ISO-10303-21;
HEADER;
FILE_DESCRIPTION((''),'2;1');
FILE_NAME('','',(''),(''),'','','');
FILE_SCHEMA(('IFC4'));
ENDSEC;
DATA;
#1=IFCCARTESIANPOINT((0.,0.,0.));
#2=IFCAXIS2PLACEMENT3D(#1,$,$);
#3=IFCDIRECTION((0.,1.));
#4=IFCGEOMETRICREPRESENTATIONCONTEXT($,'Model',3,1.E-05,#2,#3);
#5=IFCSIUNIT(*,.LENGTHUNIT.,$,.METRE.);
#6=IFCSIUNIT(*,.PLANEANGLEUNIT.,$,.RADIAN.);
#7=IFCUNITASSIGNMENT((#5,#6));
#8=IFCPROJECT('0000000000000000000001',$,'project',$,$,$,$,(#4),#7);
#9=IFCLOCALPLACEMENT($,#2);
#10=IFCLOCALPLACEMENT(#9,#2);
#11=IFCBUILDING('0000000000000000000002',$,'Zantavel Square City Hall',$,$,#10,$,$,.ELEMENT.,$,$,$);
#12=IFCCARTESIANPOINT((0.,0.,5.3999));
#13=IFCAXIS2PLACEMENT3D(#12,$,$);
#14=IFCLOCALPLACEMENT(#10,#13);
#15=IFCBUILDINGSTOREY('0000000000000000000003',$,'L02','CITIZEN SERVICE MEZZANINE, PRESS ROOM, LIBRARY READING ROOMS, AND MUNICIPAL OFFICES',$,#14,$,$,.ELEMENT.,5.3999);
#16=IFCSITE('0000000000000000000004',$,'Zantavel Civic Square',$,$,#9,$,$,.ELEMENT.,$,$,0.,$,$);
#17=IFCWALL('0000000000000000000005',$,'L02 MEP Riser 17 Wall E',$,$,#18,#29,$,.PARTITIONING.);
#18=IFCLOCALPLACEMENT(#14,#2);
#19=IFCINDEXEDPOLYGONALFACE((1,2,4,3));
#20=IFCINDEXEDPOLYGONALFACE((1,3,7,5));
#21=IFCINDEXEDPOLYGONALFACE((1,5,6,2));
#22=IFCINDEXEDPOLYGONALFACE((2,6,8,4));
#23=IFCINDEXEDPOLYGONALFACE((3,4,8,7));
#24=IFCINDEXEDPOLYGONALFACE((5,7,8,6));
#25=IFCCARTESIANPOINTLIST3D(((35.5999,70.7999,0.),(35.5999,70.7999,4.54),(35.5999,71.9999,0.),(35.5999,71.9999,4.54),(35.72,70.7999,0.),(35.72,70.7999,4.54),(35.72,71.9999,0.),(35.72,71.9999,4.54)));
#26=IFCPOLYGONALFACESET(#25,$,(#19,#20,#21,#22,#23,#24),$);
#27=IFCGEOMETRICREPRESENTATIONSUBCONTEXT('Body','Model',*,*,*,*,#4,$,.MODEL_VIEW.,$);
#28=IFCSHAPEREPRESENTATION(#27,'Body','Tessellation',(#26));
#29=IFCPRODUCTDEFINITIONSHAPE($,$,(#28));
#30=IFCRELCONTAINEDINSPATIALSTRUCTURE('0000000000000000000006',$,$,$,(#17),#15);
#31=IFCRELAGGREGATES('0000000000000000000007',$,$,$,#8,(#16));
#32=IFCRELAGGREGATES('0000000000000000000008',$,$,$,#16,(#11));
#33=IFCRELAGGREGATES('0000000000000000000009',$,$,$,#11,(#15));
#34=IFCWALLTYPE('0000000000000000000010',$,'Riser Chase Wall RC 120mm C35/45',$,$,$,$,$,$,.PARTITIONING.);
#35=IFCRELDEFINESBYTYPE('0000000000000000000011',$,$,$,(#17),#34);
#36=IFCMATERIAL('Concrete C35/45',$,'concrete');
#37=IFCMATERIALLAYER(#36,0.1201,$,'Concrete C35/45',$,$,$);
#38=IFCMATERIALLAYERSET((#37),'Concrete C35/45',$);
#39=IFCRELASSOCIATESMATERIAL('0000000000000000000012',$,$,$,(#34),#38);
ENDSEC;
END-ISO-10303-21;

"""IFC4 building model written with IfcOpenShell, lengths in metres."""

from ifc_helpers import new_model, si_unit, direction, frame, frame_2d, origin, place, context, subcontext, project, spatial, rectangle, extrude, material, layer, layer_set, type_object, element, save


model = new_model("IFC4")

# Units and contexts
model_context = context("Model", 3, precision=1e-05, world=origin(), true_north=direction((0.0, 1.0)))
body_context = subcontext(model_context, "Body", "Model", "MODEL_VIEW")
ifc_project = project(units=[si_unit("LENGTHUNIT", "METRE"), si_unit("PLANEANGLEUNIT", "RADIAN")], contexts=[model_context])

# Site, building, storey
site_placement = place(None, origin())
site = spatial("IfcSite", under=ifc_project, at=site_placement, Name="Zantavel Civic Square", CompositionType="ELEMENT", RefElevation=0.0)
building_placement = place(site_placement, origin())
building = spatial("IfcBuilding", under=site, at=building_placement, Name="Zantavel Square City Hall", CompositionType="ELEMENT")
storey_placement = place(building_placement, frame((0.0, 0.0, 5.3999)))
storey = spatial("IfcBuildingStorey", under=building, at=storey_placement, Name="L02", Description="CITIZEN SERVICE MEZZANINE, PRESS ROOM, LIBRARY READING ROOMS, AND MUNICIPAL OFFICES", CompositionType="ELEMENT", Elevation=5.3999)

# Shared definitions
ifc_material_1 = material(Name="Concrete C35/45", Category="concrete")

# Wall
ifc_layer_1 = layer(ifc_material_1, 0.1201, Name="Concrete C35/45")
ifc_layer_set_1 = layer_set([ifc_layer_1], Name="Concrete C35/45")
wall_type_1 = type_object("IfcWallType", Name="Riser Chase Wall RC 120mm C35/45", PredefinedType="PARTITIONING", material=ifc_layer_set_1)
wall_1_placement = place(storey_placement, frame((35.6599, 72.0, 0.0), z_axis=(0.0, 0.0, 1.0), x_axis=(0.0, -1.0, 0.0)))
element("IfcWall", 1, at=wall_1_placement, inside=storey, type_object=wall_type_1, Name="L02 MEP Riser 17 Wall E", PredefinedType="PARTITIONING", context=body_context, shape_type="SweptSolid", body=[
    extrude(rectangle(XDim=1.2, YDim=0.1201, at=frame_2d((0.6001, 0.0))), origin(), (0.0, 0.0, 1.0), 4.54),
])

save(model, "model.ifc")
